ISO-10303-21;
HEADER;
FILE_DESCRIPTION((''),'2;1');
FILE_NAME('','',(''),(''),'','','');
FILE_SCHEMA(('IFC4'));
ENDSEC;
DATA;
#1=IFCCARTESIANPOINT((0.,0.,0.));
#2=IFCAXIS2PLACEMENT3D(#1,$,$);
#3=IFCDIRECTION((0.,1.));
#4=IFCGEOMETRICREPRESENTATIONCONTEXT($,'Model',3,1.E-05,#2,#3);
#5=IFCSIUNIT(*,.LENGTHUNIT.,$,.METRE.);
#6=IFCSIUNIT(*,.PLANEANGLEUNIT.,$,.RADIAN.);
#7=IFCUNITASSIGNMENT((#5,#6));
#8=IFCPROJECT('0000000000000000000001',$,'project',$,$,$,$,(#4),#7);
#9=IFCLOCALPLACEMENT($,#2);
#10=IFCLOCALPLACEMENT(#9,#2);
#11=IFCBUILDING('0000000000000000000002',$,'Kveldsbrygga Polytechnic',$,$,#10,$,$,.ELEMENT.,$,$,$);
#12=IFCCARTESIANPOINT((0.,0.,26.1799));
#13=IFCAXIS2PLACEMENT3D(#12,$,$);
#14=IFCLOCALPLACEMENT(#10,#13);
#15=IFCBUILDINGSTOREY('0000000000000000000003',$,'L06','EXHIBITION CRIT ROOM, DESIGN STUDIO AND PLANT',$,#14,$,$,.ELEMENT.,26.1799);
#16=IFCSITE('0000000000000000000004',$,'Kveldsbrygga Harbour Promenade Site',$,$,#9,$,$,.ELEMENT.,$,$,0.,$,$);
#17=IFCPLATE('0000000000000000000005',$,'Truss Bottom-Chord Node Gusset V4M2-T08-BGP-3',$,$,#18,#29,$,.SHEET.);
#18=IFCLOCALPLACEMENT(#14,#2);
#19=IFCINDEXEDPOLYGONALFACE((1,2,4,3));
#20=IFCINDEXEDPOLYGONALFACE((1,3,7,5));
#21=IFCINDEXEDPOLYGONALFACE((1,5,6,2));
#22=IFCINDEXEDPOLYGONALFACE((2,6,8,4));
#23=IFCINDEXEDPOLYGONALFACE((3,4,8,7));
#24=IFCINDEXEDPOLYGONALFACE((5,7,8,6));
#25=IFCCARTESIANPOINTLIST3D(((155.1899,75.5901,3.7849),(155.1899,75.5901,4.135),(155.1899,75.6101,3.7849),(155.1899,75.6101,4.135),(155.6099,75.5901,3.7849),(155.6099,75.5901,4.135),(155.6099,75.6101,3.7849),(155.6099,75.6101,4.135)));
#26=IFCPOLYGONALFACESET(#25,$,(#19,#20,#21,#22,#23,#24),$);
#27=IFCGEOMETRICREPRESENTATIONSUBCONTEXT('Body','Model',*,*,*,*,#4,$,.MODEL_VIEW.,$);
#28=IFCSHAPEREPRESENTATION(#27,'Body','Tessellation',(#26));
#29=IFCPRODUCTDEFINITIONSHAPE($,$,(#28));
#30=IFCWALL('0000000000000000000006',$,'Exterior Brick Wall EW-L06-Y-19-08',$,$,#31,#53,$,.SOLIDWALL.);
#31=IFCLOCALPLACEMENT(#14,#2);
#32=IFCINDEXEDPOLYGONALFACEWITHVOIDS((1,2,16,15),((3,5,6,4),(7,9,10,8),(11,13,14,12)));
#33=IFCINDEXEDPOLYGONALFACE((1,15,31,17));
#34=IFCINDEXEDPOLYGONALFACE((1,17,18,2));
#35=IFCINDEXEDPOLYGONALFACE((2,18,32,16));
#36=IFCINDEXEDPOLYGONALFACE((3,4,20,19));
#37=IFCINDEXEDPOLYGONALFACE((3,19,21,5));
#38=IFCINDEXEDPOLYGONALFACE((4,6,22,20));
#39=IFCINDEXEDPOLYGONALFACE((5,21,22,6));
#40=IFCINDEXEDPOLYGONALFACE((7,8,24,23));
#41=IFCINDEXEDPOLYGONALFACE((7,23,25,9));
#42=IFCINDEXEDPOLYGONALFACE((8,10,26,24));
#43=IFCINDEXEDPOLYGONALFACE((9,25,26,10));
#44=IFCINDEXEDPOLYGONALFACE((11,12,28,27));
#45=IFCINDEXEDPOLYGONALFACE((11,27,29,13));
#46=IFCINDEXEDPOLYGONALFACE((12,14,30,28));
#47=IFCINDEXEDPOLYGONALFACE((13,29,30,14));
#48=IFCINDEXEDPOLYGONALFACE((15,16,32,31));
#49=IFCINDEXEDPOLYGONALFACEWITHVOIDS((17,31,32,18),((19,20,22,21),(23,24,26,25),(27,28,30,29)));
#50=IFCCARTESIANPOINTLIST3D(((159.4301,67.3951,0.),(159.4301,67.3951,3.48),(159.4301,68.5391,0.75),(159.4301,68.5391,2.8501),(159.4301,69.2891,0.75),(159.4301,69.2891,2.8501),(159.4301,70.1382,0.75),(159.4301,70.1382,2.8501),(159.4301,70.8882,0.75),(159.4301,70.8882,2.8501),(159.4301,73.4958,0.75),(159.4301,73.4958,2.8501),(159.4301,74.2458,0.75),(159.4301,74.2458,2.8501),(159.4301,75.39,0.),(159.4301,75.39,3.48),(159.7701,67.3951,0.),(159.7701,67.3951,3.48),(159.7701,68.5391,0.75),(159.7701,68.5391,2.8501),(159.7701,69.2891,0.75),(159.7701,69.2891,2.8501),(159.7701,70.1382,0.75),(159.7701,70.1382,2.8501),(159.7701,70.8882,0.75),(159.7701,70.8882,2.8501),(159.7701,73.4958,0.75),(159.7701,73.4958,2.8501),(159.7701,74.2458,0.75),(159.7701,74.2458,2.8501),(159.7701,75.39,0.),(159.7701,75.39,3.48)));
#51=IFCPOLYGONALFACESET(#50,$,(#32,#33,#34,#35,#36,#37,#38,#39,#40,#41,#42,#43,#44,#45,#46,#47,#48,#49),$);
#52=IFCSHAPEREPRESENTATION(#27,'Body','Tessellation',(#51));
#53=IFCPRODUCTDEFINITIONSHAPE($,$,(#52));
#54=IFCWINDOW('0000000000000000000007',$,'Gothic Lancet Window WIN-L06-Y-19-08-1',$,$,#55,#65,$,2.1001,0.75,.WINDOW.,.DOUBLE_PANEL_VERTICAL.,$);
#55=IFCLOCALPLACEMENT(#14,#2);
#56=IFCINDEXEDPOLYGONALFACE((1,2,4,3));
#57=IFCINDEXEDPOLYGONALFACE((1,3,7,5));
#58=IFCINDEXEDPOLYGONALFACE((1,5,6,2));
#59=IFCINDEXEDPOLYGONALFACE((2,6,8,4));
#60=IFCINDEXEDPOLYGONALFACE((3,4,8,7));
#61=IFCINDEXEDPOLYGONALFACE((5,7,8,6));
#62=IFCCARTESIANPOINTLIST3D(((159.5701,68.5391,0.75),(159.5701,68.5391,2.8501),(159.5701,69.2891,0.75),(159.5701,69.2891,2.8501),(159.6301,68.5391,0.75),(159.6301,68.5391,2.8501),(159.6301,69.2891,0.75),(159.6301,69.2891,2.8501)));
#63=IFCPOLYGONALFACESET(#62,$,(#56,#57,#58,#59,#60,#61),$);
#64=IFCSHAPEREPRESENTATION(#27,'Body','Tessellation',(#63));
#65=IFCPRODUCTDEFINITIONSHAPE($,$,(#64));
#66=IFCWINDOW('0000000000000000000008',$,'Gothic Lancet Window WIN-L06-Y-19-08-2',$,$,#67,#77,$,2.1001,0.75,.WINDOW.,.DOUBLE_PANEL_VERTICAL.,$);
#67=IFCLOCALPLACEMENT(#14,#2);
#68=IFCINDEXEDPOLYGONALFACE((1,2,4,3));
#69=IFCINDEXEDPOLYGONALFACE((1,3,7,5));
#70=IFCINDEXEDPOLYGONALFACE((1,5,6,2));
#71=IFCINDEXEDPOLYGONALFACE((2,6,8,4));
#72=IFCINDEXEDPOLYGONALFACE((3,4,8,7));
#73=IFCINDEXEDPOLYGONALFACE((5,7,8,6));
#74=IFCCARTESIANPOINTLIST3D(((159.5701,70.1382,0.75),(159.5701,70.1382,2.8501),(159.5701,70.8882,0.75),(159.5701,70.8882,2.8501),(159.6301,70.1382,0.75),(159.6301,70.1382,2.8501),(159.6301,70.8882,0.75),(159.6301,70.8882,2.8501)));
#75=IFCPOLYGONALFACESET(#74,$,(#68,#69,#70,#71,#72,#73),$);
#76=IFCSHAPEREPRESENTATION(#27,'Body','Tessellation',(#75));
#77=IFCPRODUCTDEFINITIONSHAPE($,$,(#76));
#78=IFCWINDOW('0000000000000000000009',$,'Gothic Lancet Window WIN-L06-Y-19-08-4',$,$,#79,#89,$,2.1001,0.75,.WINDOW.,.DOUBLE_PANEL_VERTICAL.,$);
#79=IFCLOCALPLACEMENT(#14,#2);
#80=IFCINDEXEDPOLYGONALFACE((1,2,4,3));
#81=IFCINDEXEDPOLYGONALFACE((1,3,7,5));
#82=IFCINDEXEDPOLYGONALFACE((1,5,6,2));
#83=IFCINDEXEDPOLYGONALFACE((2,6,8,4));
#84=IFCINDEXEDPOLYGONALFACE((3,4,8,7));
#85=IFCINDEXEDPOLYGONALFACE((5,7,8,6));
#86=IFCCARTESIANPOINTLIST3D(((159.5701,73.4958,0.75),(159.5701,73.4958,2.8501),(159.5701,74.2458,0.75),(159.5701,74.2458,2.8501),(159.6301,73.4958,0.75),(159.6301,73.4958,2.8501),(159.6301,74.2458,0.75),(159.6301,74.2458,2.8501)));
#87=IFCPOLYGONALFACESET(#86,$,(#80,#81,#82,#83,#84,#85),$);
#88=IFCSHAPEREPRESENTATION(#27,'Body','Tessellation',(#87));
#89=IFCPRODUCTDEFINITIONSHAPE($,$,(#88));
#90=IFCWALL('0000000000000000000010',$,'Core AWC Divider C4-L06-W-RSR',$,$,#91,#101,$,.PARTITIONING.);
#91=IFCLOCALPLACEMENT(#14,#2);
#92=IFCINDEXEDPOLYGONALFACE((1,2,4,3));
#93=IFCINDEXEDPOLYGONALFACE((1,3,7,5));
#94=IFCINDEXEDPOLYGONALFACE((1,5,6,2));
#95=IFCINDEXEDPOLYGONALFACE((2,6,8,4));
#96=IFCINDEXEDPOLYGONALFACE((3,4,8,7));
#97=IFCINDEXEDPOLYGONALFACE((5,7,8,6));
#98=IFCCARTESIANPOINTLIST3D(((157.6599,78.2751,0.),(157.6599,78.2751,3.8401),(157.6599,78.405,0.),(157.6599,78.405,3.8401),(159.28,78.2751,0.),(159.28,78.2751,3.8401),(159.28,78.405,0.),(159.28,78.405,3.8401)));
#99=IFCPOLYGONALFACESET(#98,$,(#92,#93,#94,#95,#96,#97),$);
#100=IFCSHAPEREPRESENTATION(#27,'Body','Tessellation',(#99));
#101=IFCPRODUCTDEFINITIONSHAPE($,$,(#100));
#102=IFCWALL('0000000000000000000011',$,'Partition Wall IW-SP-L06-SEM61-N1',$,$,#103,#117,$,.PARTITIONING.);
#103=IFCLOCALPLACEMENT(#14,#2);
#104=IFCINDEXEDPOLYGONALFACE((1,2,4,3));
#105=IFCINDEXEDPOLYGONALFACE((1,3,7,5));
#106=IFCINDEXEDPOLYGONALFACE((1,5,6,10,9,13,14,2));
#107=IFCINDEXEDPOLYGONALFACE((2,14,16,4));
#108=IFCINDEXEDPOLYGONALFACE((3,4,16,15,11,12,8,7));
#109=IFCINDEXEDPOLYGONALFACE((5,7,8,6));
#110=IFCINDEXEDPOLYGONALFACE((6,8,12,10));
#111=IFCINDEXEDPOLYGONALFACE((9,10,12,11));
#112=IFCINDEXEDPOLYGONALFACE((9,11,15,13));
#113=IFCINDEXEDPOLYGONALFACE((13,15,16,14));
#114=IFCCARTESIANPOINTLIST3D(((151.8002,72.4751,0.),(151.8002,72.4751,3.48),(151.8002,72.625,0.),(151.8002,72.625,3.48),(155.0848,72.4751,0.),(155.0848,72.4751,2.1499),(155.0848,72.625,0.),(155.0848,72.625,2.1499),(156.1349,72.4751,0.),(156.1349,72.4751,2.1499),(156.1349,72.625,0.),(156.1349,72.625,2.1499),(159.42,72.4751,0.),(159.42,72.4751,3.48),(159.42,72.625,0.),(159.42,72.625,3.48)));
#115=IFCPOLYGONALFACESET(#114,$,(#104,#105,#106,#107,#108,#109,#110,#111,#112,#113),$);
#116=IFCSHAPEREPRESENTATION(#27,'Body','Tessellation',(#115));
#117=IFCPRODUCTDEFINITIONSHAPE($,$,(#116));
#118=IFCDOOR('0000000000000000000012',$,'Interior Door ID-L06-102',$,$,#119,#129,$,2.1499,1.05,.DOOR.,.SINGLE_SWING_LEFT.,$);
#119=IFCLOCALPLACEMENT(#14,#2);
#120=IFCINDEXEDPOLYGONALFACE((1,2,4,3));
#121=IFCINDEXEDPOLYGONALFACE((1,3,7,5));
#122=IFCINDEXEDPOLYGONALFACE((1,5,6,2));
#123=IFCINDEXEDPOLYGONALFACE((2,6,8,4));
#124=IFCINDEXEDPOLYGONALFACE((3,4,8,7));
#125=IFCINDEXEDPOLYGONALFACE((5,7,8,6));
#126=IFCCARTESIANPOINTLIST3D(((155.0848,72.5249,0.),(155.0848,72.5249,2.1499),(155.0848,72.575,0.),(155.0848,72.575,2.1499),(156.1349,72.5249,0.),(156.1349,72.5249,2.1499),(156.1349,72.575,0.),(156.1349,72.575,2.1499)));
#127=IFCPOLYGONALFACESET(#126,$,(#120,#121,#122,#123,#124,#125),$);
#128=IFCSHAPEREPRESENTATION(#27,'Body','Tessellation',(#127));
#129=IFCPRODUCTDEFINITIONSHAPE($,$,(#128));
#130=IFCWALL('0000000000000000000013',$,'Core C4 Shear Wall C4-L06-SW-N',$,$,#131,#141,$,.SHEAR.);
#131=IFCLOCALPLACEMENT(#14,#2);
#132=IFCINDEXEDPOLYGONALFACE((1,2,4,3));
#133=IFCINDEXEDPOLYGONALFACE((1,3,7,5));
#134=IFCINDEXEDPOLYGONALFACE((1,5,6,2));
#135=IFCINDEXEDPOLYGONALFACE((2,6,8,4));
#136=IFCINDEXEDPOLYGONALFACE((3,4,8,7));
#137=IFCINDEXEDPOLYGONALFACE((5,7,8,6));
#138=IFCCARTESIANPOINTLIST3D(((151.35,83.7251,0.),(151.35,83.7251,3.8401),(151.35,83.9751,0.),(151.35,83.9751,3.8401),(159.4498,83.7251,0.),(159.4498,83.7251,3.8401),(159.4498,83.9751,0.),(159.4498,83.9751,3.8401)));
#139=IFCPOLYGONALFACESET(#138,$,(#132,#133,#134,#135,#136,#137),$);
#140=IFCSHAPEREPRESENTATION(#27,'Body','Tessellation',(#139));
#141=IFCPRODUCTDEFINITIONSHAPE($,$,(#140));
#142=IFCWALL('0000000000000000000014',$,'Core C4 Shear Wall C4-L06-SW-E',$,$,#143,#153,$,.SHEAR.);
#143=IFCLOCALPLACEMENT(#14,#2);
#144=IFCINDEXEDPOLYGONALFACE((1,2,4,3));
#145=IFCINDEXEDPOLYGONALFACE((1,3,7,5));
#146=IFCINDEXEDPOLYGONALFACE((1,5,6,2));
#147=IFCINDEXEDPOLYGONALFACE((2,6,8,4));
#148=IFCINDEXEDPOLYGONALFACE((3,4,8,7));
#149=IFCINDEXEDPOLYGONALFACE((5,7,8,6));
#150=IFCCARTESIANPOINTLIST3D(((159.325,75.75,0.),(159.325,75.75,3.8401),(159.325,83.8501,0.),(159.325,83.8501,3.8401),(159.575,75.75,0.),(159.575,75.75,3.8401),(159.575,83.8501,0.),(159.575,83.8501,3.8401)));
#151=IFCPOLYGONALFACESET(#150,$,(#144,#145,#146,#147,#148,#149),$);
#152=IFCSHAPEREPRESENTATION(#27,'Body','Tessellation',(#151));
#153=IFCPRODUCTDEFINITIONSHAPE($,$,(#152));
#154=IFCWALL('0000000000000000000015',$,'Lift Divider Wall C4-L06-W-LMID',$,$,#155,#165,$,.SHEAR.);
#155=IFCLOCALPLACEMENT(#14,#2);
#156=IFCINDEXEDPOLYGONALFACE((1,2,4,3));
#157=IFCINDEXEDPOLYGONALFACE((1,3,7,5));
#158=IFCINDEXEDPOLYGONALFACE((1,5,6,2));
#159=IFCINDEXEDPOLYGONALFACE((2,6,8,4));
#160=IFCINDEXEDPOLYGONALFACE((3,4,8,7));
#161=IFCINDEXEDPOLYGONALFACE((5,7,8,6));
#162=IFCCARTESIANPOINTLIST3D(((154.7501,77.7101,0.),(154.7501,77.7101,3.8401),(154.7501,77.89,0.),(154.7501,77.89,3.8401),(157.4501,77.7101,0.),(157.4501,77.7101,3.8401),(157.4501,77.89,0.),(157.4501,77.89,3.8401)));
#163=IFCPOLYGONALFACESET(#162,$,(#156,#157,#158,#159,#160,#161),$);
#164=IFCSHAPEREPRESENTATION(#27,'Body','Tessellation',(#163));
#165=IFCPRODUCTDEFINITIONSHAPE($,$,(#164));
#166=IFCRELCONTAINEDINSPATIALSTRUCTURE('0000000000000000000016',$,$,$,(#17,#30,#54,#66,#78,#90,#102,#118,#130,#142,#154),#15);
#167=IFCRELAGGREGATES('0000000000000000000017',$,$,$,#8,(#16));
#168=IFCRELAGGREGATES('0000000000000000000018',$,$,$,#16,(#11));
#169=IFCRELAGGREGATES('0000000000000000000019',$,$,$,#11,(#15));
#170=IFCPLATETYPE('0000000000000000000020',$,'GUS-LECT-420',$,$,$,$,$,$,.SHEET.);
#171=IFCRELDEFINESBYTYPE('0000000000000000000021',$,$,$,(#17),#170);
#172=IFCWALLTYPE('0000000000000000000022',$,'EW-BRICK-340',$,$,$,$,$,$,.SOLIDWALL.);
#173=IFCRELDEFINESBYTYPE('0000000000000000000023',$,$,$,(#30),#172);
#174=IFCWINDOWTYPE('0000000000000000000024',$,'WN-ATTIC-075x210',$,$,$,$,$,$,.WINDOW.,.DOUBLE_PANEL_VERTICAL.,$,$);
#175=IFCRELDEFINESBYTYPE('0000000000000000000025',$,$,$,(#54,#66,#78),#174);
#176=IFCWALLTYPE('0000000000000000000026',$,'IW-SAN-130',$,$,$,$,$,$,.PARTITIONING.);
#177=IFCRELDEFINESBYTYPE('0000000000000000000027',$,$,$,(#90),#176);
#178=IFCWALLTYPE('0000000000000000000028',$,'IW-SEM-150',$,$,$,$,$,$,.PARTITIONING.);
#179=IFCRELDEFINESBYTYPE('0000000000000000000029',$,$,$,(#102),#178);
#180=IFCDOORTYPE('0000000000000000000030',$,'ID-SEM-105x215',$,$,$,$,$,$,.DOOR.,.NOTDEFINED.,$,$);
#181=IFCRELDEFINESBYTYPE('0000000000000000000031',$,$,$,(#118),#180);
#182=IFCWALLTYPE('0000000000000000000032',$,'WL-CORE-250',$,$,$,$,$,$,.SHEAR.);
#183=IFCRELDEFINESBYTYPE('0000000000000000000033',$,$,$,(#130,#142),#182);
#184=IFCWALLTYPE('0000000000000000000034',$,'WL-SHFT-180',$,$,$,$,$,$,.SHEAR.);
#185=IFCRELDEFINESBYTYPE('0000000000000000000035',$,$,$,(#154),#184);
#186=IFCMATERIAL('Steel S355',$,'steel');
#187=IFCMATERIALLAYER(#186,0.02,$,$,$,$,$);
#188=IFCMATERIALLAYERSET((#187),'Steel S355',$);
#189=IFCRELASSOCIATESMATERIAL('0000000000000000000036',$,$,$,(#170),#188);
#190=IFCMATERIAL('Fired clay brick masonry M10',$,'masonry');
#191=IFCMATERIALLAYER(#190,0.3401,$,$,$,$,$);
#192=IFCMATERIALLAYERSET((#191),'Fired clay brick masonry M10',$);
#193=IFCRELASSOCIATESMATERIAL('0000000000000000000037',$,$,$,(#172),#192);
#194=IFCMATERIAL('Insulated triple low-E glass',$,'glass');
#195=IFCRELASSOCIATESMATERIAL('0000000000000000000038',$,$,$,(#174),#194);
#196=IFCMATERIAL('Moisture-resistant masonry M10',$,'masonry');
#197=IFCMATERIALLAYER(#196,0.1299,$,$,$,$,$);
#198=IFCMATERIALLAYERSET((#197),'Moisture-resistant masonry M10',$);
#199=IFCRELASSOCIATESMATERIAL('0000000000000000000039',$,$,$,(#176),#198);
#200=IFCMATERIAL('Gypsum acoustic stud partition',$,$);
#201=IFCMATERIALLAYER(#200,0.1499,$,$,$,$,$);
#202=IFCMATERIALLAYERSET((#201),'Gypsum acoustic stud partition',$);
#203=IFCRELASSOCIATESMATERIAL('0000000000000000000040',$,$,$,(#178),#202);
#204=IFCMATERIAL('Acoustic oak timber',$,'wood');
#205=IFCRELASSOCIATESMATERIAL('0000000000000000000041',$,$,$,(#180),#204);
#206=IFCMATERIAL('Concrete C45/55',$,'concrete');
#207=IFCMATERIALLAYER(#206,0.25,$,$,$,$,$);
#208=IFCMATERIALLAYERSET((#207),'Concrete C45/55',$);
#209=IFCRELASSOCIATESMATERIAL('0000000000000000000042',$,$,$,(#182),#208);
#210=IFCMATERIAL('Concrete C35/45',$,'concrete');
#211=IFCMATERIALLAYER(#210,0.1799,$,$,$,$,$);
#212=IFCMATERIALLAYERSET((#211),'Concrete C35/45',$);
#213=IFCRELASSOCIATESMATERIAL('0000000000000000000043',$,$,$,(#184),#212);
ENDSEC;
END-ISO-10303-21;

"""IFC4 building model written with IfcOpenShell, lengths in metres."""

from ifc_helpers import new_model, si_unit, direction, frame, frame_2d, origin, origin_2d, place, context, subcontext, project, spatial, rectangle, extrude, material, layer, layer_set, type_object, element, fill, save


model = new_model("IFC4")

# Units and contexts
model_context = context("Model", 3, precision=1e-05, world=origin(), true_north=direction((0.0, 1.0)))
body_context = subcontext(model_context, "Body", "Model", "MODEL_VIEW")
ifc_project = project(units=[si_unit("LENGTHUNIT", "METRE"), si_unit("PLANEANGLEUNIT", "RADIAN")], contexts=[model_context])

# Site, building, storey
site_placement = place(None, origin())
site = spatial("IfcSite", under=ifc_project, at=site_placement, Name="Kveldsbrygga Harbour Promenade Site", CompositionType="ELEMENT", RefElevation=0.0)
building_placement = place(site_placement, origin())
building = spatial("IfcBuilding", under=site, at=building_placement, Name="Kveldsbrygga Polytechnic", CompositionType="ELEMENT")
storey_placement = place(building_placement, frame((0.0, 0.0, 26.1799)))
storey = spatial("IfcBuildingStorey", under=building, at=storey_placement, Name="L06", Description="EXHIBITION CRIT ROOM, DESIGN STUDIO AND PLANT", CompositionType="ELEMENT", Elevation=26.1799)

# Shared definitions
ifc_material_1 = material(Name="Concrete C45/55", Category="concrete")

# Shared definitions
ifc_material_2 = material(Name="Steel S355", Category="steel")

# Plate
ifc_layer_1 = layer(ifc_material_2, 0.02)
ifc_layer_set_1 = layer_set([ifc_layer_1], Name="Steel S355")
plate_type_1 = type_object("IfcPlateType", Name="GUS-LECT-420", PredefinedType="SHEET", material=ifc_layer_set_1)
for number, where, z_axis, x_axis, name in (
    (1, (155.3999, 75.6001, 3.7849), (0.0, 0.0, 1.0), (1.0, 0.0, 0.0), "Truss Bottom-Chord Node Gusset V4M2-T08-BGP-3"),
):
    element("IfcPlate", number, at=place(storey_placement, frame(where, z_axis=z_axis, x_axis=x_axis)), inside=storey, type_object=plate_type_1, Name=name, PredefinedType="SHEET", context=body_context, shape_type="SweptSolid", body=[
        extrude(rectangle(XDim=0.4199, YDim=0.02, at=origin_2d()), origin(), (0.0, 0.0, 1.0), 0.3501),
    ])

# Wall, openings, windows
ifc_material_3 = material(Name="Fired clay brick masonry M10", Category="masonry")
ifc_layer_2 = layer(ifc_material_3, 0.3401)
ifc_layer_set_2 = layer_set([ifc_layer_2], Name="Fired clay brick masonry M10")
wall_type_1 = type_object("IfcWallType", Name="EW-BRICK-340", PredefinedType="SOLIDWALL", material=ifc_layer_set_2)
wall_1_placement = place(storey_placement, frame((159.6001, 67.395, 0.0), z_axis=(0.0, 0.0, 1.0), x_axis=(0.0, 1.0, 0.0)))
wall_1 = element("IfcWall", 2, at=wall_1_placement, inside=storey, type_object=wall_type_1, Name="Exterior Brick Wall EW-L06-Y-19-08", PredefinedType="SOLIDWALL", context=body_context, shape_type="SweptSolid", body=[
    extrude(rectangle(XDim=7.9949, YDim=0.3401, at=frame_2d((3.9976, 0.0))), origin(), (0.0, 0.0, 1.0), 3.48),
])
opening_1_placement = place(wall_1_placement, frame((1.144, 0.0, 0.75)))
opening_1 = element("IfcOpeningElement", 3, at=opening_1_placement, cuts=wall_1, PredefinedType="OPENING", context=body_context, shape_type="SweptSolid", body=[
    extrude(rectangle(XDim=0.75, YDim=2.1001, at=frame_2d((0.375, 1.05))), frame((0.0, 0.1802, 0.0), z_axis=(0.0, -1.0, 0.0), x_axis=(1.0, 0.0, 0.0)), (0.0, 0.0, 1.0), 0.3601),
])
opening_2_placement = place(wall_1_placement, frame((2.7432, 0.0, 0.75)))
opening_2 = element("IfcOpeningElement", 4, at=opening_2_placement, cuts=wall_1, PredefinedType="OPENING", context=body_context, shape_type="SweptSolid", body=[
    extrude(rectangle(XDim=0.75, YDim=2.1001, at=frame_2d((0.375, 1.05))), frame((0.0, 0.1802, 0.0), z_axis=(0.0, -1.0, 0.0), x_axis=(1.0, 0.0, 0.0)), (0.0, 0.0, 1.0), 0.3601),
])
opening_3_placement = place(wall_1_placement, frame((6.1008, 0.0, 0.75)))
opening_3 = element("IfcOpeningElement", 5, at=opening_3_placement, cuts=wall_1, PredefinedType="OPENING", context=body_context, shape_type="SweptSolid", body=[
    extrude(rectangle(XDim=0.75, YDim=2.1001, at=frame_2d((0.375, 1.05))), frame((0.0, 0.1802, 0.0), z_axis=(0.0, -1.0, 0.0), x_axis=(1.0, 0.0, 0.0)), (0.0, 0.0, 1.0), 0.3601),
])
ifc_material_4 = material(Name="Insulated triple low-E glass", Category="glass")
window_type = type_object("IfcWindowType", Name="WN-ATTIC-075x210", PartitioningType="DOUBLE_PANEL_VERTICAL", PredefinedType="WINDOW", material=ifc_material_4)
window_1_placement = place(opening_1_placement, origin())
window_1 = element("IfcWindow", 6, at=window_1_placement, inside=storey, type_object=window_type, Name="Gothic Lancet Window WIN-L06-Y-19-08-1", OverallHeight=2.1001, OverallWidth=0.75, PartitioningType="DOUBLE_PANEL_VERTICAL", PredefinedType="WINDOW", context=body_context, shape_type="SweptSolid", body=[
    extrude(rectangle(XDim=0.75, YDim=2.1001, at=frame_2d((0.375, 1.05))), frame((0.0, 0.03, 0.0), z_axis=(0.0, -1.0, 0.0), x_axis=(1.0, 0.0, 0.0)), (0.0, 0.0, 1.0), 0.0601),
])
fill(opening_1, window_1)
window_2_placement = place(opening_2_placement, origin())
window_2 = element("IfcWindow", 7, at=window_2_placement, inside=storey, type_object=window_type, Name="Gothic Lancet Window WIN-L06-Y-19-08-2", OverallHeight=2.1001, OverallWidth=0.75, PartitioningType="DOUBLE_PANEL_VERTICAL", PredefinedType="WINDOW", context=body_context, shape_type="SweptSolid", body=[
    extrude(rectangle(XDim=0.75, YDim=2.1001, at=frame_2d((0.375, 1.05))), frame((0.0, 0.03, 0.0), z_axis=(0.0, -1.0, 0.0), x_axis=(1.0, 0.0, 0.0)), (0.0, 0.0, 1.0), 0.0601),
])
fill(opening_2, window_2)
window_3_placement = place(opening_3_placement, origin())
window_3 = element("IfcWindow", 8, at=window_3_placement, inside=storey, type_object=window_type, Name="Gothic Lancet Window WIN-L06-Y-19-08-4", OverallHeight=2.1001, OverallWidth=0.75, PartitioningType="DOUBLE_PANEL_VERTICAL", PredefinedType="WINDOW", context=body_context, shape_type="SweptSolid", body=[
    extrude(rectangle(XDim=0.75, YDim=2.1001, at=frame_2d((0.375, 1.05))), frame((0.0, 0.03, 0.0), z_axis=(0.0, -1.0, 0.0), x_axis=(1.0, 0.0, 0.0)), (0.0, 0.0, 1.0), 0.0601),
])
fill(opening_3, window_3)

# Wall
ifc_material_5 = material(Name="Moisture-resistant masonry M10", Category="masonry")
ifc_layer_3 = layer(ifc_material_5, 0.1299)
ifc_layer_set_3 = layer_set([ifc_layer_3], Name="Moisture-resistant masonry M10")
wall_type_2 = type_object("IfcWallType", Name="IW-SAN-130", PredefinedType="PARTITIONING", material=ifc_layer_set_3)
wall_2_placement = place(storey_placement, frame((157.6599, 78.3401, 0.0), z_axis=(0.0, 0.0, 1.0), x_axis=(1.0, 0.0, 0.0)))
element("IfcWall", 9, at=wall_2_placement, inside=storey, type_object=wall_type_2, Name="Core AWC Divider C4-L06-W-RSR", PredefinedType="PARTITIONING", context=body_context, shape_type="SweptSolid", body=[
    extrude(rectangle(XDim=1.6201, YDim=0.1299, at=frame_2d((0.8101, 0.0))), origin(), (0.0, 0.0, 1.0), 3.8401),
])

# Wall, opening, door
ifc_material_6 = material(Name="Gypsum acoustic stud partition")
ifc_layer_4 = layer(ifc_material_6, 0.1499)
ifc_layer_set_4 = layer_set([ifc_layer_4], Name="Gypsum acoustic stud partition")
wall_type_3 = type_object("IfcWallType", Name="IW-SEM-150", PredefinedType="PARTITIONING", material=ifc_layer_set_4)
wall_3_placement = place(storey_placement, frame((151.8, 72.55, 0.0), z_axis=(0.0, 0.0, 1.0), x_axis=(1.0, 0.0, 0.0)))
wall_3 = element("IfcWall", 10, at=wall_3_placement, inside=storey, type_object=wall_type_3, Name="Partition Wall IW-SP-L06-SEM61-N1", PredefinedType="PARTITIONING", context=body_context, shape_type="SweptSolid", body=[
    extrude(rectangle(XDim=7.6199, YDim=0.1499, at=frame_2d((3.8101, 0.0))), origin(), (0.0, 0.0, 1.0), 3.48),
])
opening_4_placement = place(wall_3_placement, frame((3.2849, 0.0, 0.0)))
opening_4 = element("IfcOpeningElement", 11, at=opening_4_placement, cuts=wall_3, PredefinedType="OPENING", context=body_context, shape_type="SweptSolid", body=[
    extrude(rectangle(XDim=1.05, YDim=2.1499, at=frame_2d((0.5249, 1.075))), frame((0.0, 0.085, 0.0), z_axis=(0.0, -1.0, 0.0), x_axis=(1.0, 0.0, 0.0)), (0.0, 0.0, 1.0), 0.1699),
])
ifc_material_7 = material(Name="Acoustic oak timber", Category="wood")
door_type_1 = type_object("IfcDoorType", Name="ID-SEM-105x215", OperationType="NOTDEFINED", PredefinedType="DOOR", material=ifc_material_7)
door_1_placement = place(opening_4_placement, origin())
door_1 = element("IfcDoor", 12, at=door_1_placement, inside=storey, type_object=door_type_1, Name="Interior Door ID-L06-102", OperationType="SINGLE_SWING_LEFT", OverallHeight=2.1499, OverallWidth=1.05, PredefinedType="DOOR", context=body_context, shape_type="SweptSolid", body=[
    extrude(rectangle(XDim=1.05, YDim=2.1499, at=frame_2d((0.5249, 1.075))), frame((0.0, 0.0249, 0.0), z_axis=(0.0, -1.0, 0.0), x_axis=(1.0, 0.0, 0.0)), (0.0, 0.0, 1.0), 0.05),
])
fill(opening_4, door_1)

# Walls
ifc_layer_5 = layer(ifc_material_1, 0.25)
ifc_layer_set_5 = layer_set([ifc_layer_5], Name="Concrete C45/55")
wall_type_4 = type_object("IfcWallType", Name="WL-CORE-250", PredefinedType="SHEAR", material=ifc_layer_set_5)
wall_4_placement = place(storey_placement, frame((151.3501, 83.8501, 0.0), z_axis=(0.0, 0.0, 1.0), x_axis=(1.0, 0.0, 0.0)))
element("IfcWall", 13, at=wall_4_placement, inside=storey, type_object=wall_type_4, Name="Core C4 Shear Wall C4-L06-SW-N", PredefinedType="SHEAR", context=body_context, shape_type="SweptSolid", body=[
    extrude(rectangle(XDim=8.0999, YDim=0.25, at=frame_2d((4.0498, 0.0))), origin(), (0.0, 0.0, 1.0), 3.8401),
])
wall_5_placement = place(storey_placement, frame((159.45, 75.75, 0.0), z_axis=(0.0, 0.0, 1.0), x_axis=(0.0, 1.0, 0.0)))
element("IfcWall", 14, at=wall_5_placement, inside=storey, type_object=wall_type_4, Name="Core C4 Shear Wall C4-L06-SW-E", PredefinedType="SHEAR", context=body_context, shape_type="SweptSolid", body=[
    extrude(rectangle(XDim=8.1001, YDim=0.25, at=frame_2d((4.05, 0.0))), origin(), (0.0, 0.0, 1.0), 3.8401),
])

# Wall
ifc_material_8 = material(Name="Concrete C35/45", Category="concrete")
ifc_layer_6 = layer(ifc_material_8, 0.1799)
ifc_layer_set_6 = layer_set([ifc_layer_6], Name="Concrete C35/45")
wall_type_5 = type_object("IfcWallType", Name="WL-SHFT-180", PredefinedType="SHEAR", material=ifc_layer_set_6)
wall_6_placement = place(storey_placement, frame((154.75, 77.8, 0.0), z_axis=(0.0, 0.0, 1.0), x_axis=(1.0, 0.0, 0.0)))
element("IfcWall", 15, at=wall_6_placement, inside=storey, type_object=wall_type_5, Name="Lift Divider Wall C4-L06-W-LMID", PredefinedType="SHEAR", context=body_context, shape_type="SweptSolid", body=[
    extrude(rectangle(XDim=2.7, YDim=0.1799, at=frame_2d((1.3501, 0.0))), origin(), (0.0, 0.0, 1.0), 3.8401),
])

save(model, "model.ifc")
